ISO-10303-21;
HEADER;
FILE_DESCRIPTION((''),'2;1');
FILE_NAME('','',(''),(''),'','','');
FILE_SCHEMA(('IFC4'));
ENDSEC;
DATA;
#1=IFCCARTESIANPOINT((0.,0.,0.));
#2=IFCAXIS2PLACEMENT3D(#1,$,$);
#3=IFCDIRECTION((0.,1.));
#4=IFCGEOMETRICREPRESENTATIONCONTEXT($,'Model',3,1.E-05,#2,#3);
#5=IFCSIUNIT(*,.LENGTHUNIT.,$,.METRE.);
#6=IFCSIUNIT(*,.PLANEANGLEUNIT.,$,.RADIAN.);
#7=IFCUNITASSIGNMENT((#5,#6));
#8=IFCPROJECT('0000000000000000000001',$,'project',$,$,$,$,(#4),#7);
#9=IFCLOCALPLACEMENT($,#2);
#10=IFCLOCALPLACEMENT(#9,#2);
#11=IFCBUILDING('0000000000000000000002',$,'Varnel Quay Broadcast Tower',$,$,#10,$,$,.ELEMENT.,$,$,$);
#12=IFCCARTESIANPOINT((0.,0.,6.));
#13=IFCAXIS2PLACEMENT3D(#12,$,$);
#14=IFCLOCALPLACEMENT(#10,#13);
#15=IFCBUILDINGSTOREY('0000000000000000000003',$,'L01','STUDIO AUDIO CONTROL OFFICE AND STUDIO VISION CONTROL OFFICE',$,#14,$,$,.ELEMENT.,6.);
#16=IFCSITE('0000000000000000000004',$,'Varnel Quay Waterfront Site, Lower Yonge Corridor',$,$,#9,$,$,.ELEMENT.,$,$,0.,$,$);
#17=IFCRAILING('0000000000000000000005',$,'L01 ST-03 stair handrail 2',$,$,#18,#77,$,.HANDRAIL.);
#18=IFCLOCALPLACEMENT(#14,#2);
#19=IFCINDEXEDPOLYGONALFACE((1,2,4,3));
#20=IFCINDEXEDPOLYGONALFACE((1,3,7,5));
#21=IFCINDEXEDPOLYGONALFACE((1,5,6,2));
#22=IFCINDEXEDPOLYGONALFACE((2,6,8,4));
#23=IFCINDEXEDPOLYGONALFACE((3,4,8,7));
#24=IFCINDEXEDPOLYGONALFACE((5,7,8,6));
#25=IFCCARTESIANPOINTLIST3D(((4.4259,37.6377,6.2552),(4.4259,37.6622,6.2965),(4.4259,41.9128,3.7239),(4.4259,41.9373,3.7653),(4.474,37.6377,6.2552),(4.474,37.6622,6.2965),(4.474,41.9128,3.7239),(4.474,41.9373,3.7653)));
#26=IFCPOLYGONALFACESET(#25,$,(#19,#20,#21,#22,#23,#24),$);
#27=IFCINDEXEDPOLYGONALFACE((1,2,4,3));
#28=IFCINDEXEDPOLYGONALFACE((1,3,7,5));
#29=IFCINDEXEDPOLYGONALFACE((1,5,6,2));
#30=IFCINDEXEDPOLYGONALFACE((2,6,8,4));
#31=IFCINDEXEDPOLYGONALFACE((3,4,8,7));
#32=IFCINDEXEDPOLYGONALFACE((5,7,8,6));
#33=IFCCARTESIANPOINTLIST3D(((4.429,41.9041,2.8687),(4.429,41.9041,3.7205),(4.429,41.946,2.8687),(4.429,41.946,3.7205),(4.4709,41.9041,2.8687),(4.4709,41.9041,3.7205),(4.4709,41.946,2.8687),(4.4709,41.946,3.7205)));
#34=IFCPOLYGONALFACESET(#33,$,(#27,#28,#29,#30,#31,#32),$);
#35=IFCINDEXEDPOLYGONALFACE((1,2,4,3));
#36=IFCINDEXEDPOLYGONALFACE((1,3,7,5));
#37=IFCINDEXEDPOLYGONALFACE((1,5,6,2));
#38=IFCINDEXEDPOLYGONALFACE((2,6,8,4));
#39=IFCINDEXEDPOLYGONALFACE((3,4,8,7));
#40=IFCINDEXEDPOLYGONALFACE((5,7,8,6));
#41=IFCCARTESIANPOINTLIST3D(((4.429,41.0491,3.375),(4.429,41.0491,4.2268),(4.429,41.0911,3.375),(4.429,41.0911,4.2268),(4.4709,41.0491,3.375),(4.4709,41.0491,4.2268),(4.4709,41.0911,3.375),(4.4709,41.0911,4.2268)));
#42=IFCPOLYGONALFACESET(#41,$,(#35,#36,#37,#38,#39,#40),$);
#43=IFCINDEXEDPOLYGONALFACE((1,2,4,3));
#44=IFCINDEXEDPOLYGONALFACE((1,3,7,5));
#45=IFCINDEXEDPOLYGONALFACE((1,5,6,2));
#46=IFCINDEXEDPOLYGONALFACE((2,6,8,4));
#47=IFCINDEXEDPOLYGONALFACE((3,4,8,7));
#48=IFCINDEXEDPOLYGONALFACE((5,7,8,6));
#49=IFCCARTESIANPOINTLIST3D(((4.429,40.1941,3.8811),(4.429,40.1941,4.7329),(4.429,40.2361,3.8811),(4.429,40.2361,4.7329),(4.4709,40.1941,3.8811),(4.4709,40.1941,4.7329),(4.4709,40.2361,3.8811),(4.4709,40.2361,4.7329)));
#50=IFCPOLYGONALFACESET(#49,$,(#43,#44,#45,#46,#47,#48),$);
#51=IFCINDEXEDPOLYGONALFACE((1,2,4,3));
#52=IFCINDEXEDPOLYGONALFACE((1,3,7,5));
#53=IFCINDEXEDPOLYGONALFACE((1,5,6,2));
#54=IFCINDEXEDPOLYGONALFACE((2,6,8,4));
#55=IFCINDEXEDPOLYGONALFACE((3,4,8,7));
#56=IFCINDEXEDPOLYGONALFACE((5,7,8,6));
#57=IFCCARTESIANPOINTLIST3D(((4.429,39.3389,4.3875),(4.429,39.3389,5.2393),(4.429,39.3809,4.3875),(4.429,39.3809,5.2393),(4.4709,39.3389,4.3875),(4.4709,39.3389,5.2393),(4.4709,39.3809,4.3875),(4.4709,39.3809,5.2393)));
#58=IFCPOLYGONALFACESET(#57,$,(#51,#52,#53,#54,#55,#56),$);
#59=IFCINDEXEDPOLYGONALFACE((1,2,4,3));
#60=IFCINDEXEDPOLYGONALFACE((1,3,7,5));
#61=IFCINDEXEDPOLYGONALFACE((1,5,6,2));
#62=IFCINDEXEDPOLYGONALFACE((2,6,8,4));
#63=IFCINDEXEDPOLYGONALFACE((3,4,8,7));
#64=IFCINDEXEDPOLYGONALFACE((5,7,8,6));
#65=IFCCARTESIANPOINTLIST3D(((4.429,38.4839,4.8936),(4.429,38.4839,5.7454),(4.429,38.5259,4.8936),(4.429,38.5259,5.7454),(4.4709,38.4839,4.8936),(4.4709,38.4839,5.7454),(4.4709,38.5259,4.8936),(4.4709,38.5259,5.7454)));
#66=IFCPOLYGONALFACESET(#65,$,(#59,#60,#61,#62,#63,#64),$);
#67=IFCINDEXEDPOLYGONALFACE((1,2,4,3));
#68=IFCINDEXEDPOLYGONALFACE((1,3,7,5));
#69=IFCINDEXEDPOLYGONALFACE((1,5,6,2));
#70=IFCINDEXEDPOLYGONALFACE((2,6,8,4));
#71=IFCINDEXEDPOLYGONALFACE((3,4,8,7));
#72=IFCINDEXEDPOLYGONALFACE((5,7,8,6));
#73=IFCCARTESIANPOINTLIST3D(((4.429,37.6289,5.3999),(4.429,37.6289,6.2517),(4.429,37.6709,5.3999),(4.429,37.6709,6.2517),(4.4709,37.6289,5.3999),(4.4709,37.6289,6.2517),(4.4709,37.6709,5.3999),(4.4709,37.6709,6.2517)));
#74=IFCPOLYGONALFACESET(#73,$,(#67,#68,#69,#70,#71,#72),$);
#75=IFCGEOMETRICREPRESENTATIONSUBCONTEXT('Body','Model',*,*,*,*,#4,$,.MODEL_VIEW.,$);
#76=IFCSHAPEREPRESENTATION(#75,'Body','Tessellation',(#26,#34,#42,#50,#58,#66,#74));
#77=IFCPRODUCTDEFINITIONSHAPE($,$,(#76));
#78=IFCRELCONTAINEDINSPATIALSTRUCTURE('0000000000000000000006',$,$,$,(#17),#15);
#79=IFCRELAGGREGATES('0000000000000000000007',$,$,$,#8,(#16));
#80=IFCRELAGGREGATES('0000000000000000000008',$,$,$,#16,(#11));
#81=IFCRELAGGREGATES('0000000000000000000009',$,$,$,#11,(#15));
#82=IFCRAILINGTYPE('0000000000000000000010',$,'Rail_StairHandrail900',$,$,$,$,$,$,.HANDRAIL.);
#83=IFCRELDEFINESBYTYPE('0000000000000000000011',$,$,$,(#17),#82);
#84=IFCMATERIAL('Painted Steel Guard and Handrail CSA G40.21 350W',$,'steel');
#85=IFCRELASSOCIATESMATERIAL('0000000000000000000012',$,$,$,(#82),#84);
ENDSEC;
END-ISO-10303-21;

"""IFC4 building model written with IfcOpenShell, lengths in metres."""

from ifc_helpers import new_model, si_unit, direction, frame, origin, origin_2d, place, context, subcontext, project, spatial, rectangle, extrude, material, type_object, element, save


model = new_model("IFC4")

# Units and contexts
model_context = context("Model", 3, precision=1e-05, world=origin(), true_north=direction((0.0, 1.0)))
body_context = subcontext(model_context, "Body", "Model", "MODEL_VIEW")
ifc_project = project(units=[si_unit("LENGTHUNIT", "METRE"), si_unit("PLANEANGLEUNIT", "RADIAN")], contexts=[model_context])

# Site, building, storey
site_placement = place(None, origin())
site = spatial("IfcSite", under=ifc_project, at=site_placement, Name="Varnel Quay Waterfront Site, Lower Yonge Corridor", CompositionType="ELEMENT", RefElevation=0.0)
building_placement = place(site_placement, origin())
building = spatial("IfcBuilding", under=site, at=building_placement, Name="Varnel Quay Broadcast Tower", CompositionType="ELEMENT")
storey_placement = place(building_placement, frame((0.0, 0.0, 6.0)))
storey = spatial("IfcBuildingStorey", under=building, at=storey_placement, Name="L01", Description="STUDIO AUDIO CONTROL OFFICE AND STUDIO VISION CONTROL OFFICE", CompositionType="ELEMENT", Elevation=6.0)

# Railing
ifc_material_1 = material(Name="Painted Steel Guard and Handrail CSA G40.21 350W", Category="steel")
railing_type_1 = type_object("IfcRailingType", Name="Rail_StairHandrail900", PredefinedType="HANDRAIL", material=ifc_material_1)
railing_1_placement = place(storey_placement, frame((4.45, 41.925, 2.8687)))
element("IfcRailing", 1, at=railing_1_placement, inside=storey, type_object=railing_type_1, Name="L01 ST-03 stair handrail 2", PredefinedType="HANDRAIL", context=body_context, shape_type="SweptSolid", body=[
    extrude(rectangle(XDim=0.0481, YDim=0.0481, at=origin_2d()), frame((0.0, 0.0, 0.876), z_axis=(0.0, -0.860483, 0.509479), x_axis=(1.0, 0.0, 0.0)), (0.0, 0.0, 1.0), 4.9683),
    extrude(rectangle(XDim=0.042, YDim=0.042, at=origin_2d()), origin(), (0.0, 0.0, 1.0), 0.8518),
    extrude(rectangle(XDim=0.042, YDim=0.042, at=origin_2d()), frame((0.0, -0.855, 0.5063)), (0.0, 0.0, 1.0), 0.8518),
    extrude(rectangle(XDim=0.042, YDim=0.042, at=origin_2d()), frame((0.0, -1.71, 1.0125)), (0.0, 0.0, 1.0), 0.8518),
    extrude(rectangle(XDim=0.042, YDim=0.042, at=origin_2d()), frame((0.0, -2.5652, 1.5188)), (0.0, 0.0, 1.0), 0.8518),
    extrude(rectangle(XDim=0.042, YDim=0.042, at=origin_2d()), frame((0.0, -3.4202, 2.0249)), (0.0, 0.0, 1.0), 0.8518),
    extrude(rectangle(XDim=0.042, YDim=0.042, at=origin_2d()), frame((0.0, -4.2751, 2.5312)), (0.0, 0.0, 1.0), 0.8518),
])

save(model, "model.ifc")
